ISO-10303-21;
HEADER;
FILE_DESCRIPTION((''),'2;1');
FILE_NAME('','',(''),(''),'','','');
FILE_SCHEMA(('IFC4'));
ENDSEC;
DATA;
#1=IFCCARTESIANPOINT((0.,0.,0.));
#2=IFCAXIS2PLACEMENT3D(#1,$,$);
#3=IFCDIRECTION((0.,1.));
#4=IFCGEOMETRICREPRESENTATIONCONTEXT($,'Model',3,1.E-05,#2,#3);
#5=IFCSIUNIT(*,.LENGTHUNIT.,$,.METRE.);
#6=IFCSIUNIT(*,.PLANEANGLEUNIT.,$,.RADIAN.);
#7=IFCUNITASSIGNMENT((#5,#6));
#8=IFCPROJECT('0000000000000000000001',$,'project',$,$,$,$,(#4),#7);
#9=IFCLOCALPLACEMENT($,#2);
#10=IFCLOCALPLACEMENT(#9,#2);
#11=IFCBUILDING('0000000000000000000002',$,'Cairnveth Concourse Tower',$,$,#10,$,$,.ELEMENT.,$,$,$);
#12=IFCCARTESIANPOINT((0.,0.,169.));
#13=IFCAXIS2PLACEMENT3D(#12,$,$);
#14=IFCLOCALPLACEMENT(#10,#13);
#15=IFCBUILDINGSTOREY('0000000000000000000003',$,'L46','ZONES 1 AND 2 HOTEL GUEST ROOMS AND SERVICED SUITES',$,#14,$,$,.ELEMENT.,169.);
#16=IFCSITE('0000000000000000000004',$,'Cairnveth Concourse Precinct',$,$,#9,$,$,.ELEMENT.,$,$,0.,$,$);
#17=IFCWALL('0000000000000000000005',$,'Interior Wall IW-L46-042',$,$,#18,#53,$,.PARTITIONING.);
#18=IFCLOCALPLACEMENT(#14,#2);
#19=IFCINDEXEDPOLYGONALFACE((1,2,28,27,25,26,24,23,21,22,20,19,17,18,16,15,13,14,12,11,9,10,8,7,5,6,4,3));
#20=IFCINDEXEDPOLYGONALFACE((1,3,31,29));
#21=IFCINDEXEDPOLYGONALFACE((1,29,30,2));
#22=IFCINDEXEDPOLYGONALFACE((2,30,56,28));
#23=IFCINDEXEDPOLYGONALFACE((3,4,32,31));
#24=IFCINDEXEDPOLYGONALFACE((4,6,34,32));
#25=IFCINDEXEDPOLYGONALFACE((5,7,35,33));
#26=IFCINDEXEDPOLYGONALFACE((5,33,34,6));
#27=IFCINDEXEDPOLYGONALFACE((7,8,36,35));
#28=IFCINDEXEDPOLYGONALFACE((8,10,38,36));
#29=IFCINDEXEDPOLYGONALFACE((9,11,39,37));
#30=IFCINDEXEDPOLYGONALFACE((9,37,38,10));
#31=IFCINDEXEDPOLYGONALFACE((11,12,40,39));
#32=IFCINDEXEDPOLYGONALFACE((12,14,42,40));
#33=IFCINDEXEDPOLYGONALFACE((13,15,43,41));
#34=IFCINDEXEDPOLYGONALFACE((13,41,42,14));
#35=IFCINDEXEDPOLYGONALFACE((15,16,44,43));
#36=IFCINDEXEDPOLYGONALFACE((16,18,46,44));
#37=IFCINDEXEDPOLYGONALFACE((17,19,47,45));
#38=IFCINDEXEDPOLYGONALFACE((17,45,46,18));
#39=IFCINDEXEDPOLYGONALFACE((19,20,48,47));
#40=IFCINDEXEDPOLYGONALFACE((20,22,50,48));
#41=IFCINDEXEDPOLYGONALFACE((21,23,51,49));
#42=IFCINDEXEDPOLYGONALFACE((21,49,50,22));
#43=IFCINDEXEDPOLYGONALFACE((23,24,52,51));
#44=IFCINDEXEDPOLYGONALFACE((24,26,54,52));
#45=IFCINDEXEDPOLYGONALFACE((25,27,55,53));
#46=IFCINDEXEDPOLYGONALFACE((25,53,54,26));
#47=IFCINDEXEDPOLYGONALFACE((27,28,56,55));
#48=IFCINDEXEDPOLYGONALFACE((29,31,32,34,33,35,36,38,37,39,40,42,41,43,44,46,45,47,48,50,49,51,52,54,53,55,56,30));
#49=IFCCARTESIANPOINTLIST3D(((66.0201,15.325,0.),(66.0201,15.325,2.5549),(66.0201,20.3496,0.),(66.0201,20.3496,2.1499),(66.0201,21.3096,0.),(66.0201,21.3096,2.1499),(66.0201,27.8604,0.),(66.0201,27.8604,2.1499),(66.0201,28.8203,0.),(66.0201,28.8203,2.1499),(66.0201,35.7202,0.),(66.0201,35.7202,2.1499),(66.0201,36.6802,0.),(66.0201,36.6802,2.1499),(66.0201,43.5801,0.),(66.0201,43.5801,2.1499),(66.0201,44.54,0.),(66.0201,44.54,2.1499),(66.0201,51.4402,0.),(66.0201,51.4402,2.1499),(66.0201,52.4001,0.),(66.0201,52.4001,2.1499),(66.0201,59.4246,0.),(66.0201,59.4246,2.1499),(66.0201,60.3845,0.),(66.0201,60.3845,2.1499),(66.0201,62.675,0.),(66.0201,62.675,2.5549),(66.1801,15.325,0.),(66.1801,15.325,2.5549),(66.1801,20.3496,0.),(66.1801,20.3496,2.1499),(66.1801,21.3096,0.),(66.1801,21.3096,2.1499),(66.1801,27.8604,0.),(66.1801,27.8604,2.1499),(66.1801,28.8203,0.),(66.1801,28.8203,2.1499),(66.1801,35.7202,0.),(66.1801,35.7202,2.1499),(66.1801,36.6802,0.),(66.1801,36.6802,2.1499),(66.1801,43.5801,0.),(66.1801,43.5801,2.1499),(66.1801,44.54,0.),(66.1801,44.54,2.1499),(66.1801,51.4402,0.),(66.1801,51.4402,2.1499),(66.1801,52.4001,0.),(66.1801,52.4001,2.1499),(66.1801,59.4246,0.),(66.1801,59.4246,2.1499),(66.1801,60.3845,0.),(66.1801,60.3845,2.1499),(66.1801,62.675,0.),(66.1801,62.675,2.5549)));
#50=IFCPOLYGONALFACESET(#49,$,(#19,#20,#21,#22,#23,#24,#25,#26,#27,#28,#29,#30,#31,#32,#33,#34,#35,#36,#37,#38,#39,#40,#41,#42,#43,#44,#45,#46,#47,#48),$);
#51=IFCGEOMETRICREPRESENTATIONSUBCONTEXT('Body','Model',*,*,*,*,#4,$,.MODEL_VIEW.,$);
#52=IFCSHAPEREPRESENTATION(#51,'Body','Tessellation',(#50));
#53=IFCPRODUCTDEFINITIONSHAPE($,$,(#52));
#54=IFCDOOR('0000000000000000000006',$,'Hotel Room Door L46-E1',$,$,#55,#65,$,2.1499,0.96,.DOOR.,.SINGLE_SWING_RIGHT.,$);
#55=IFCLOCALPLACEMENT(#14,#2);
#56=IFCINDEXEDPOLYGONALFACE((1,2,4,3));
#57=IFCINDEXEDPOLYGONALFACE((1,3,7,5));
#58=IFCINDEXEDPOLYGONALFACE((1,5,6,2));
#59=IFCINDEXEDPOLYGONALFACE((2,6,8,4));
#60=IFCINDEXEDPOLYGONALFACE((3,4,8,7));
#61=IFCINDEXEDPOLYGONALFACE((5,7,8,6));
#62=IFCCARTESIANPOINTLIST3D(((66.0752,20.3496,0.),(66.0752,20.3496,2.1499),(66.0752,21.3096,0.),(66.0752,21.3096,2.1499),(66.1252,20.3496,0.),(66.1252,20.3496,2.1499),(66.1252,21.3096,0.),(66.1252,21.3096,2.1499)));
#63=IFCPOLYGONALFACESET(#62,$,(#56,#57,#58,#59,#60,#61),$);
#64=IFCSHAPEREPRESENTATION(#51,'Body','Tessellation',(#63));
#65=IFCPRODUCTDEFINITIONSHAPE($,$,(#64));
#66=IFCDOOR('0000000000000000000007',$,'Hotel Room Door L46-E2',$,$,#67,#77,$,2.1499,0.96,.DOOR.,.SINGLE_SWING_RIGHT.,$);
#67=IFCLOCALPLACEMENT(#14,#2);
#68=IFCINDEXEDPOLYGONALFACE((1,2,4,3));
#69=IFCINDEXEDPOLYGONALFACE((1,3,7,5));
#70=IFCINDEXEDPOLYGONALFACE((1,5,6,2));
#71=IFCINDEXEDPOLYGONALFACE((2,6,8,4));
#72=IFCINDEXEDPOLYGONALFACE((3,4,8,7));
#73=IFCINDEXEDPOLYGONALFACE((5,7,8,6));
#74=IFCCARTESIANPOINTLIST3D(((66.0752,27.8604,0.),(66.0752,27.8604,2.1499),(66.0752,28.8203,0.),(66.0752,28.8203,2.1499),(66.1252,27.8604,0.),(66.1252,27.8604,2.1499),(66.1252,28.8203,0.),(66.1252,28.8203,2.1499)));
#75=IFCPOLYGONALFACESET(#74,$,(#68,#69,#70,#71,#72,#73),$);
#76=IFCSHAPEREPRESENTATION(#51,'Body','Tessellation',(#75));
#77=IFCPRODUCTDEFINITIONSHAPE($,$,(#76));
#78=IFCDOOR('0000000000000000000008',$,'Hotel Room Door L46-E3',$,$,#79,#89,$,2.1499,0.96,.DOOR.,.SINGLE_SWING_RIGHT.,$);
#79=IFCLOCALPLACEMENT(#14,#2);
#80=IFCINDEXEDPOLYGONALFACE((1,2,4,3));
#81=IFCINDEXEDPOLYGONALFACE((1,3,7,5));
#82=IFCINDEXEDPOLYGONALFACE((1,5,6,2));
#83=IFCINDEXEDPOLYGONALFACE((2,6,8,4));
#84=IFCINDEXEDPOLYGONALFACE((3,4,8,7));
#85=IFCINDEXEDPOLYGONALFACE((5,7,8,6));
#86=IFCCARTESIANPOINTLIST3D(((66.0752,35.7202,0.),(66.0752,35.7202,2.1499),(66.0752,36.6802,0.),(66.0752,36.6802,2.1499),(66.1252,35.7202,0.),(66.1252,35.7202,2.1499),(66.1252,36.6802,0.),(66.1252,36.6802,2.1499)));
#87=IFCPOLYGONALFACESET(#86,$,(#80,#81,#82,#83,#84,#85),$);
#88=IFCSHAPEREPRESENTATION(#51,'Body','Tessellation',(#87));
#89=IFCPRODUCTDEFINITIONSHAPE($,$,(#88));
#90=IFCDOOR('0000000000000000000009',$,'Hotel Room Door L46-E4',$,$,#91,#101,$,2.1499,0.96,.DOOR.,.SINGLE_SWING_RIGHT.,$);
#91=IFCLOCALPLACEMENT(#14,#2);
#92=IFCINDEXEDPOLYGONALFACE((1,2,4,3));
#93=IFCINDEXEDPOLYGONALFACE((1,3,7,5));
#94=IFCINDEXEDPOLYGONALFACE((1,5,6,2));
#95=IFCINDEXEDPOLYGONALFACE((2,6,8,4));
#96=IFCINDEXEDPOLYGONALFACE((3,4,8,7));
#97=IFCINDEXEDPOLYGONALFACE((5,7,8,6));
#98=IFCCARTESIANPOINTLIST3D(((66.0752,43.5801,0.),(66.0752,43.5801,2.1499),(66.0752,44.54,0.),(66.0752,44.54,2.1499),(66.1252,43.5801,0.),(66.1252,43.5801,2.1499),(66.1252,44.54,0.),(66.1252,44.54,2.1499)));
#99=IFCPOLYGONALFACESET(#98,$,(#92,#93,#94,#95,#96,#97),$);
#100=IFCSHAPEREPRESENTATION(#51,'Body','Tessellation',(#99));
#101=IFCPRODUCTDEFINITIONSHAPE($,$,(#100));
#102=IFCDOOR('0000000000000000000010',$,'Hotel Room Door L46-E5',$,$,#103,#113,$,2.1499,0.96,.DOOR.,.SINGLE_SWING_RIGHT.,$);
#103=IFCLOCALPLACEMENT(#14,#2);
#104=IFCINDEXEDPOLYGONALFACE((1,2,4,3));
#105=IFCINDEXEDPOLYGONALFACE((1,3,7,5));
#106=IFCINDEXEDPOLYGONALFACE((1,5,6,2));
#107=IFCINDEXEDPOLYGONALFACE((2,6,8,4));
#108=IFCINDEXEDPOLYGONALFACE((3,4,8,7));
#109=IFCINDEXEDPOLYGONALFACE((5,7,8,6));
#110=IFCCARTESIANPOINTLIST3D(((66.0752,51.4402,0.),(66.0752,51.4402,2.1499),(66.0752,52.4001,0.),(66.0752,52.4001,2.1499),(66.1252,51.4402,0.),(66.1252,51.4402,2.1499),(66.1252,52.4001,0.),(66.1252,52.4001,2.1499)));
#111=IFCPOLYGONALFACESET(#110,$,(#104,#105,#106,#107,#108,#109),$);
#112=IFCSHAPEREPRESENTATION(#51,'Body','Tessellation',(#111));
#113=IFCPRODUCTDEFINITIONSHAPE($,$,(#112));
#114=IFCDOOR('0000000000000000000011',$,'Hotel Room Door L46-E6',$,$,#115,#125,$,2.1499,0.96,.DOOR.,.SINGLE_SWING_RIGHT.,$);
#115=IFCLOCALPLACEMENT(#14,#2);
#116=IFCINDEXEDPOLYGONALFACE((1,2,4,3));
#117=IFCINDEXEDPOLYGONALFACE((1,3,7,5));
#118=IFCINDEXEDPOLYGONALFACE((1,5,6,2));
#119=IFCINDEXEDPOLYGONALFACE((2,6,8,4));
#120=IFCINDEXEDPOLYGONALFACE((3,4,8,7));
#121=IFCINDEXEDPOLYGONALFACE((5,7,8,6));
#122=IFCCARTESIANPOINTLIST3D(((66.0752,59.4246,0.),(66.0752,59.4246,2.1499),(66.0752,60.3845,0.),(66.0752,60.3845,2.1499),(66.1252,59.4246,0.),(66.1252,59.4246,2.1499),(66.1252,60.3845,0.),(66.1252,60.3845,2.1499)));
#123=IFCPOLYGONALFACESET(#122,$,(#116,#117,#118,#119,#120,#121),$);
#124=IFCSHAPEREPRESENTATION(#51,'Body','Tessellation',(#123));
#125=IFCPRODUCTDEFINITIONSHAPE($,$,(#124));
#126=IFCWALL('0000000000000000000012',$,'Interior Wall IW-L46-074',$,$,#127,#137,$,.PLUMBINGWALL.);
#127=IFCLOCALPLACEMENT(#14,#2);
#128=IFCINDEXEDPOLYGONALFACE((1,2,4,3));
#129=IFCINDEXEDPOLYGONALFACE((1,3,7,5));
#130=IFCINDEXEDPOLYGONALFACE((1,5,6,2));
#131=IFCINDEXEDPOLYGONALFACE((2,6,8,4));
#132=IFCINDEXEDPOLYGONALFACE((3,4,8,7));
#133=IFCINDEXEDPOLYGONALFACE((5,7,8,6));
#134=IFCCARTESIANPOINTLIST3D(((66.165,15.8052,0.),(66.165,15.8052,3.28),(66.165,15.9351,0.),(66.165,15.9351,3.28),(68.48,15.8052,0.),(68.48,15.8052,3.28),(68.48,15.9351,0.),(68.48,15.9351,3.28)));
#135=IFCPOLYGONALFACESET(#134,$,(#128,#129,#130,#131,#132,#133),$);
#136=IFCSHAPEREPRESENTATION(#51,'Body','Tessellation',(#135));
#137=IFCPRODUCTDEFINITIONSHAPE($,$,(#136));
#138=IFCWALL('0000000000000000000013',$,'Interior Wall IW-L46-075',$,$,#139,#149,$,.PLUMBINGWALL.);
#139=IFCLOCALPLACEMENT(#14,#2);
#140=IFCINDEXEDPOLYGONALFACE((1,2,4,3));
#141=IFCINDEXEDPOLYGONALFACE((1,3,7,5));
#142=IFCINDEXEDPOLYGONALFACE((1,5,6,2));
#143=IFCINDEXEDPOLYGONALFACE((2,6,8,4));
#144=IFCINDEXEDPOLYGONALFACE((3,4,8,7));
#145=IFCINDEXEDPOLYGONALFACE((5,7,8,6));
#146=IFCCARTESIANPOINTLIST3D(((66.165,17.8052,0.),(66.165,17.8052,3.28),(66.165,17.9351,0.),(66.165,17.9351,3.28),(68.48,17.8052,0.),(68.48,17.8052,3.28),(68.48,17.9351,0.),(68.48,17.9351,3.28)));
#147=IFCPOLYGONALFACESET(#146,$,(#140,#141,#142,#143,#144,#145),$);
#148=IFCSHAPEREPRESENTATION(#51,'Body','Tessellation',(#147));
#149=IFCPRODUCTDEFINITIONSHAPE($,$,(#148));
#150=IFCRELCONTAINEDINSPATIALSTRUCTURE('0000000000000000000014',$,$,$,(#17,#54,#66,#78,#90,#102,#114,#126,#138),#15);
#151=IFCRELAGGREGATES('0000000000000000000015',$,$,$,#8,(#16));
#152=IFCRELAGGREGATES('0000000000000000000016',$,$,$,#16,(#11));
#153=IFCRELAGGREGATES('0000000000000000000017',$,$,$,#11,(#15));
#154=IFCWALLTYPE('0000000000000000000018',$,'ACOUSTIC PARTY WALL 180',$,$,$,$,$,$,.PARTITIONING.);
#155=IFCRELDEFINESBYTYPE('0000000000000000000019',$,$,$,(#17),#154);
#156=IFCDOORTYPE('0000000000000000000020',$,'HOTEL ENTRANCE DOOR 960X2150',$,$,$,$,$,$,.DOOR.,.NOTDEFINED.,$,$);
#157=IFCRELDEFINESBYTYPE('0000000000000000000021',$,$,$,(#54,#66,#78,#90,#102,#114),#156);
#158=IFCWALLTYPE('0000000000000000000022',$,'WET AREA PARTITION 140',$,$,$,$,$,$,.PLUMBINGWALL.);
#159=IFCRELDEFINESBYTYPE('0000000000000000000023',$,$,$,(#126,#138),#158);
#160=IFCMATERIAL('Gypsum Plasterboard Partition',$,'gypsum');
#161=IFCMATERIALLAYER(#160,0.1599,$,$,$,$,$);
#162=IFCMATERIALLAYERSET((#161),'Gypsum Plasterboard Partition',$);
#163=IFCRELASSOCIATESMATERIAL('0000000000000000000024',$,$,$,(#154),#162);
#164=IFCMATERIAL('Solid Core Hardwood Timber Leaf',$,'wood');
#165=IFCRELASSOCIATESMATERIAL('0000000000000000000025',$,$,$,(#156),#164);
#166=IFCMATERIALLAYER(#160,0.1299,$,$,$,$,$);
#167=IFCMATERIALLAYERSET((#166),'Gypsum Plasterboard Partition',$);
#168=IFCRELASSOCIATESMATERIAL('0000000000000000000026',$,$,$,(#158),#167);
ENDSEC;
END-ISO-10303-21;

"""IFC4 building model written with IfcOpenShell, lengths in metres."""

from ifc_helpers import new_model, si_unit, direction, frame, frame_2d, origin, place, context, subcontext, project, spatial, rectangle, extrude, material, layer, layer_set, type_object, element, fill, save


model = new_model("IFC4")

# Units and contexts
model_context = context("Model", 3, precision=1e-05, world=origin(), true_north=direction((0.0, 1.0)))
body_context = subcontext(model_context, "Body", "Model", "MODEL_VIEW")
ifc_project = project(units=[si_unit("LENGTHUNIT", "METRE"), si_unit("PLANEANGLEUNIT", "RADIAN")], contexts=[model_context])

# Site, building, storey
site_placement = place(None, origin())
site = spatial("IfcSite", under=ifc_project, at=site_placement, Name="Cairnveth Concourse Precinct", CompositionType="ELEMENT", RefElevation=0.0)
building_placement = place(site_placement, origin())
building = spatial("IfcBuilding", under=site, at=building_placement, Name="Cairnveth Concourse Tower", CompositionType="ELEMENT")
storey_placement = place(building_placement, frame((0.0, 0.0, 169.0)))
storey = spatial("IfcBuildingStorey", under=building, at=storey_placement, Name="L46", Description="ZONES 1 AND 2 HOTEL GUEST ROOMS AND SERVICED SUITES", CompositionType="ELEMENT", Elevation=169.0)

# Wall, openings, doors
ifc_material_1 = material(Name="Gypsum Plasterboard Partition", Category="gypsum")
ifc_layer_1 = layer(ifc_material_1, 0.1599)
ifc_layer_set_1 = layer_set([ifc_layer_1], Name="Gypsum Plasterboard Partition")
wall_type_1 = type_object("IfcWallType", Name="ACOUSTIC PARTY WALL 180", PredefinedType="PARTITIONING", material=ifc_layer_set_1)
wall_1_placement = place(storey_placement, frame((66.1001, 15.325, 0.0), z_axis=(0.0, 0.0, 1.0), x_axis=(0.0, 1.0, 0.0)))
wall_1 = element("IfcWall", 1, at=wall_1_placement, inside=storey, type_object=wall_type_1, Name="Interior Wall IW-L46-042", PredefinedType="PARTITIONING", context=body_context, shape_type="SweptSolid", body=[
    extrude(rectangle(XDim=47.3501, YDim=0.1599, at=frame_2d((23.675, 0.0))), origin(), (0.0, 0.0, 1.0), 2.5549),
])
opening_1_placement = place(wall_1_placement, frame((5.0247, 0.0, 0.0)))
opening_1 = element("IfcOpeningElement", 2, at=opening_1_placement, cuts=wall_1, PredefinedType="OPENING", context=body_context, shape_type="SweptSolid", body=[
    extrude(rectangle(XDim=0.96, YDim=2.1499, at=frame_2d((0.48, 1.075))), frame((0.0, 0.0898, 0.0), z_axis=(0.0, -1.0, 0.0), x_axis=(1.0, 0.0, 0.0)), (0.0, 0.0, 1.0), 0.1799),
])
opening_2_placement = place(wall_1_placement, frame((12.5354, 0.0, 0.0)))
opening_2 = element("IfcOpeningElement", 3, at=opening_2_placement, cuts=wall_1, PredefinedType="OPENING", context=body_context, shape_type="SweptSolid", body=[
    extrude(rectangle(XDim=0.96, YDim=2.1499, at=frame_2d((0.48, 1.075))), frame((0.0, 0.0898, 0.0), z_axis=(0.0, -1.0, 0.0), x_axis=(1.0, 0.0, 0.0)), (0.0, 0.0, 1.0), 0.1799),
])
opening_3_placement = place(wall_1_placement, frame((20.3953, 0.0, 0.0)))
opening_3 = element("IfcOpeningElement", 4, at=opening_3_placement, cuts=wall_1, PredefinedType="OPENING", context=body_context, shape_type="SweptSolid", body=[
    extrude(rectangle(XDim=0.96, YDim=2.1499, at=frame_2d((0.48, 1.075))), frame((0.0, 0.0898, 0.0), z_axis=(0.0, -1.0, 0.0), x_axis=(1.0, 0.0, 0.0)), (0.0, 0.0, 1.0), 0.1799),
])
opening_4_placement = place(wall_1_placement, frame((28.2551, 0.0, 0.0)))
opening_4 = element("IfcOpeningElement", 5, at=opening_4_placement, cuts=wall_1, PredefinedType="OPENING", context=body_context, shape_type="SweptSolid", body=[
    extrude(rectangle(XDim=0.96, YDim=2.1499, at=frame_2d((0.48, 1.075))), frame((0.0, 0.0898, 0.0), z_axis=(0.0, -1.0, 0.0), x_axis=(1.0, 0.0, 0.0)), (0.0, 0.0, 1.0), 0.1799),
])
opening_5_placement = place(wall_1_placement, frame((36.1152, 0.0, 0.0)))
opening_5 = element("IfcOpeningElement", 6, at=opening_5_placement, cuts=wall_1, PredefinedType="OPENING", context=body_context, shape_type="SweptSolid", body=[
    extrude(rectangle(XDim=0.96, YDim=2.1499, at=frame_2d((0.48, 1.075))), frame((0.0, 0.0898, 0.0), z_axis=(0.0, -1.0, 0.0), x_axis=(1.0, 0.0, 0.0)), (0.0, 0.0, 1.0), 0.1799),
])
opening_6_placement = place(wall_1_placement, frame((44.0996, 0.0, 0.0)))
opening_6 = element("IfcOpeningElement", 7, at=opening_6_placement, cuts=wall_1, PredefinedType="OPENING", context=body_context, shape_type="SweptSolid", body=[
    extrude(rectangle(XDim=0.96, YDim=2.1499, at=frame_2d((0.48, 1.075))), frame((0.0, 0.0898, 0.0), z_axis=(0.0, -1.0, 0.0), x_axis=(1.0, 0.0, 0.0)), (0.0, 0.0, 1.0), 0.1799),
])
ifc_material_2 = material(Name="Solid Core Hardwood Timber Leaf", Category="wood")
door_type_1 = type_object("IfcDoorType", Name="HOTEL ENTRANCE DOOR 960X2150", OperationType="NOTDEFINED", PredefinedType="DOOR", material=ifc_material_2)
door_1_placement = place(opening_1_placement, origin())
door_1 = element("IfcDoor", 8, at=door_1_placement, inside=storey, type_object=door_type_1, Name="Hotel Room Door L46-E1", OperationType="SINGLE_SWING_RIGHT", OverallHeight=2.1499, OverallWidth=0.96, PredefinedType="DOOR", context=body_context, shape_type="SweptSolid", body=[
    extrude(rectangle(XDim=0.96, YDim=2.1499, at=frame_2d((0.48, 1.075))), frame((0.0, 0.0249, 0.0), z_axis=(0.0, -1.0, 0.0), x_axis=(1.0, 0.0, 0.0)), (0.0, 0.0, 1.0), 0.05),
])
fill(opening_1, door_1)
door_2_placement = place(opening_2_placement, origin())
door_2 = element("IfcDoor", 9, at=door_2_placement, inside=storey, type_object=door_type_1, Name="Hotel Room Door L46-E2", OperationType="SINGLE_SWING_RIGHT", OverallHeight=2.1499, OverallWidth=0.96, PredefinedType="DOOR", context=body_context, shape_type="SweptSolid", body=[
    extrude(rectangle(XDim=0.96, YDim=2.1499, at=frame_2d((0.48, 1.075))), frame((0.0, 0.0249, 0.0), z_axis=(0.0, -1.0, 0.0), x_axis=(1.0, 0.0, 0.0)), (0.0, 0.0, 1.0), 0.05),
])
fill(opening_2, door_2)
door_3_placement = place(opening_3_placement, origin())
door_3 = element("IfcDoor", 10, at=door_3_placement, inside=storey, type_object=door_type_1, Name="Hotel Room Door L46-E3", OperationType="SINGLE_SWING_RIGHT", OverallHeight=2.1499, OverallWidth=0.96, PredefinedType="DOOR", context=body_context, shape_type="SweptSolid", body=[
    extrude(rectangle(XDim=0.96, YDim=2.1499, at=frame_2d((0.48, 1.075))), frame((0.0, 0.0249, 0.0), z_axis=(0.0, -1.0, 0.0), x_axis=(1.0, 0.0, 0.0)), (0.0, 0.0, 1.0), 0.05),
])
fill(opening_3, door_3)
door_4_placement = place(opening_4_placement, origin())
door_4 = element("IfcDoor", 11, at=door_4_placement, inside=storey, type_object=door_type_1, Name="Hotel Room Door L46-E4", OperationType="SINGLE_SWING_RIGHT", OverallHeight=2.1499, OverallWidth=0.96, PredefinedType="DOOR", context=body_context, shape_type="SweptSolid", body=[
    extrude(rectangle(XDim=0.96, YDim=2.1499, at=frame_2d((0.48, 1.075))), frame((0.0, 0.0249, 0.0), z_axis=(0.0, -1.0, 0.0), x_axis=(1.0, 0.0, 0.0)), (0.0, 0.0, 1.0), 0.05),
])
fill(opening_4, door_4)
door_5_placement = place(opening_5_placement, origin())
door_5 = element("IfcDoor", 12, at=door_5_placement, inside=storey, type_object=door_type_1, Name="Hotel Room Door L46-E5", OperationType="SINGLE_SWING_RIGHT", OverallHeight=2.1499, OverallWidth=0.96, PredefinedType="DOOR", context=body_context, shape_type="SweptSolid", body=[
    extrude(rectangle(XDim=0.96, YDim=2.1499, at=frame_2d((0.48, 1.075))), frame((0.0, 0.0249, 0.0), z_axis=(0.0, -1.0, 0.0), x_axis=(1.0, 0.0, 0.0)), (0.0, 0.0, 1.0), 0.05),
])
fill(opening_5, door_5)
door_6_placement = place(opening_6_placement, origin())
door_6 = element("IfcDoor", 13, at=door_6_placement, inside=storey, type_object=door_type_1, Name="Hotel Room Door L46-E6", OperationType="SINGLE_SWING_RIGHT", OverallHeight=2.1499, OverallWidth=0.96, PredefinedType="DOOR", context=body_context, shape_type="SweptSolid", body=[
    extrude(rectangle(XDim=0.96, YDim=2.1499, at=frame_2d((0.48, 1.075))), frame((0.0, 0.0249, 0.0), z_axis=(0.0, -1.0, 0.0), x_axis=(1.0, 0.0, 0.0)), (0.0, 0.0, 1.0), 0.05),
])
fill(opening_6, door_6)

# Walls
ifc_layer_2 = layer(ifc_material_1, 0.1299)
ifc_layer_set_2 = layer_set([ifc_layer_2], Name="Gypsum Plasterboard Partition")
wall_type_2 = type_object("IfcWallType", Name="WET AREA PARTITION 140", PredefinedType="PLUMBINGWALL", material=ifc_layer_set_2)
for number, where, z_axis, x_axis, name in (
    (14, (66.165, 15.8701, 0.0), (0.0, 0.0, 1.0), (1.0, 0.0, 0.0), "Interior Wall IW-L46-074"),
    (15, (66.165, 17.8701, 0.0), (0.0, 0.0, 1.0), (1.0, 0.0, 0.0), "Interior Wall IW-L46-075"),
):
    element("IfcWall", number, at=place(storey_placement, frame(where, z_axis=z_axis, x_axis=x_axis)), inside=storey, type_object=wall_type_2, Name=name, PredefinedType="PLUMBINGWALL", context=body_context, shape_type="SweptSolid", body=[
        extrude(rectangle(XDim=2.3149, YDim=0.1299, at=frame_2d((1.1575, 0.0))), origin(), (0.0, 0.0, 1.0), 3.28),
    ])

save(model, "model.ifc")
